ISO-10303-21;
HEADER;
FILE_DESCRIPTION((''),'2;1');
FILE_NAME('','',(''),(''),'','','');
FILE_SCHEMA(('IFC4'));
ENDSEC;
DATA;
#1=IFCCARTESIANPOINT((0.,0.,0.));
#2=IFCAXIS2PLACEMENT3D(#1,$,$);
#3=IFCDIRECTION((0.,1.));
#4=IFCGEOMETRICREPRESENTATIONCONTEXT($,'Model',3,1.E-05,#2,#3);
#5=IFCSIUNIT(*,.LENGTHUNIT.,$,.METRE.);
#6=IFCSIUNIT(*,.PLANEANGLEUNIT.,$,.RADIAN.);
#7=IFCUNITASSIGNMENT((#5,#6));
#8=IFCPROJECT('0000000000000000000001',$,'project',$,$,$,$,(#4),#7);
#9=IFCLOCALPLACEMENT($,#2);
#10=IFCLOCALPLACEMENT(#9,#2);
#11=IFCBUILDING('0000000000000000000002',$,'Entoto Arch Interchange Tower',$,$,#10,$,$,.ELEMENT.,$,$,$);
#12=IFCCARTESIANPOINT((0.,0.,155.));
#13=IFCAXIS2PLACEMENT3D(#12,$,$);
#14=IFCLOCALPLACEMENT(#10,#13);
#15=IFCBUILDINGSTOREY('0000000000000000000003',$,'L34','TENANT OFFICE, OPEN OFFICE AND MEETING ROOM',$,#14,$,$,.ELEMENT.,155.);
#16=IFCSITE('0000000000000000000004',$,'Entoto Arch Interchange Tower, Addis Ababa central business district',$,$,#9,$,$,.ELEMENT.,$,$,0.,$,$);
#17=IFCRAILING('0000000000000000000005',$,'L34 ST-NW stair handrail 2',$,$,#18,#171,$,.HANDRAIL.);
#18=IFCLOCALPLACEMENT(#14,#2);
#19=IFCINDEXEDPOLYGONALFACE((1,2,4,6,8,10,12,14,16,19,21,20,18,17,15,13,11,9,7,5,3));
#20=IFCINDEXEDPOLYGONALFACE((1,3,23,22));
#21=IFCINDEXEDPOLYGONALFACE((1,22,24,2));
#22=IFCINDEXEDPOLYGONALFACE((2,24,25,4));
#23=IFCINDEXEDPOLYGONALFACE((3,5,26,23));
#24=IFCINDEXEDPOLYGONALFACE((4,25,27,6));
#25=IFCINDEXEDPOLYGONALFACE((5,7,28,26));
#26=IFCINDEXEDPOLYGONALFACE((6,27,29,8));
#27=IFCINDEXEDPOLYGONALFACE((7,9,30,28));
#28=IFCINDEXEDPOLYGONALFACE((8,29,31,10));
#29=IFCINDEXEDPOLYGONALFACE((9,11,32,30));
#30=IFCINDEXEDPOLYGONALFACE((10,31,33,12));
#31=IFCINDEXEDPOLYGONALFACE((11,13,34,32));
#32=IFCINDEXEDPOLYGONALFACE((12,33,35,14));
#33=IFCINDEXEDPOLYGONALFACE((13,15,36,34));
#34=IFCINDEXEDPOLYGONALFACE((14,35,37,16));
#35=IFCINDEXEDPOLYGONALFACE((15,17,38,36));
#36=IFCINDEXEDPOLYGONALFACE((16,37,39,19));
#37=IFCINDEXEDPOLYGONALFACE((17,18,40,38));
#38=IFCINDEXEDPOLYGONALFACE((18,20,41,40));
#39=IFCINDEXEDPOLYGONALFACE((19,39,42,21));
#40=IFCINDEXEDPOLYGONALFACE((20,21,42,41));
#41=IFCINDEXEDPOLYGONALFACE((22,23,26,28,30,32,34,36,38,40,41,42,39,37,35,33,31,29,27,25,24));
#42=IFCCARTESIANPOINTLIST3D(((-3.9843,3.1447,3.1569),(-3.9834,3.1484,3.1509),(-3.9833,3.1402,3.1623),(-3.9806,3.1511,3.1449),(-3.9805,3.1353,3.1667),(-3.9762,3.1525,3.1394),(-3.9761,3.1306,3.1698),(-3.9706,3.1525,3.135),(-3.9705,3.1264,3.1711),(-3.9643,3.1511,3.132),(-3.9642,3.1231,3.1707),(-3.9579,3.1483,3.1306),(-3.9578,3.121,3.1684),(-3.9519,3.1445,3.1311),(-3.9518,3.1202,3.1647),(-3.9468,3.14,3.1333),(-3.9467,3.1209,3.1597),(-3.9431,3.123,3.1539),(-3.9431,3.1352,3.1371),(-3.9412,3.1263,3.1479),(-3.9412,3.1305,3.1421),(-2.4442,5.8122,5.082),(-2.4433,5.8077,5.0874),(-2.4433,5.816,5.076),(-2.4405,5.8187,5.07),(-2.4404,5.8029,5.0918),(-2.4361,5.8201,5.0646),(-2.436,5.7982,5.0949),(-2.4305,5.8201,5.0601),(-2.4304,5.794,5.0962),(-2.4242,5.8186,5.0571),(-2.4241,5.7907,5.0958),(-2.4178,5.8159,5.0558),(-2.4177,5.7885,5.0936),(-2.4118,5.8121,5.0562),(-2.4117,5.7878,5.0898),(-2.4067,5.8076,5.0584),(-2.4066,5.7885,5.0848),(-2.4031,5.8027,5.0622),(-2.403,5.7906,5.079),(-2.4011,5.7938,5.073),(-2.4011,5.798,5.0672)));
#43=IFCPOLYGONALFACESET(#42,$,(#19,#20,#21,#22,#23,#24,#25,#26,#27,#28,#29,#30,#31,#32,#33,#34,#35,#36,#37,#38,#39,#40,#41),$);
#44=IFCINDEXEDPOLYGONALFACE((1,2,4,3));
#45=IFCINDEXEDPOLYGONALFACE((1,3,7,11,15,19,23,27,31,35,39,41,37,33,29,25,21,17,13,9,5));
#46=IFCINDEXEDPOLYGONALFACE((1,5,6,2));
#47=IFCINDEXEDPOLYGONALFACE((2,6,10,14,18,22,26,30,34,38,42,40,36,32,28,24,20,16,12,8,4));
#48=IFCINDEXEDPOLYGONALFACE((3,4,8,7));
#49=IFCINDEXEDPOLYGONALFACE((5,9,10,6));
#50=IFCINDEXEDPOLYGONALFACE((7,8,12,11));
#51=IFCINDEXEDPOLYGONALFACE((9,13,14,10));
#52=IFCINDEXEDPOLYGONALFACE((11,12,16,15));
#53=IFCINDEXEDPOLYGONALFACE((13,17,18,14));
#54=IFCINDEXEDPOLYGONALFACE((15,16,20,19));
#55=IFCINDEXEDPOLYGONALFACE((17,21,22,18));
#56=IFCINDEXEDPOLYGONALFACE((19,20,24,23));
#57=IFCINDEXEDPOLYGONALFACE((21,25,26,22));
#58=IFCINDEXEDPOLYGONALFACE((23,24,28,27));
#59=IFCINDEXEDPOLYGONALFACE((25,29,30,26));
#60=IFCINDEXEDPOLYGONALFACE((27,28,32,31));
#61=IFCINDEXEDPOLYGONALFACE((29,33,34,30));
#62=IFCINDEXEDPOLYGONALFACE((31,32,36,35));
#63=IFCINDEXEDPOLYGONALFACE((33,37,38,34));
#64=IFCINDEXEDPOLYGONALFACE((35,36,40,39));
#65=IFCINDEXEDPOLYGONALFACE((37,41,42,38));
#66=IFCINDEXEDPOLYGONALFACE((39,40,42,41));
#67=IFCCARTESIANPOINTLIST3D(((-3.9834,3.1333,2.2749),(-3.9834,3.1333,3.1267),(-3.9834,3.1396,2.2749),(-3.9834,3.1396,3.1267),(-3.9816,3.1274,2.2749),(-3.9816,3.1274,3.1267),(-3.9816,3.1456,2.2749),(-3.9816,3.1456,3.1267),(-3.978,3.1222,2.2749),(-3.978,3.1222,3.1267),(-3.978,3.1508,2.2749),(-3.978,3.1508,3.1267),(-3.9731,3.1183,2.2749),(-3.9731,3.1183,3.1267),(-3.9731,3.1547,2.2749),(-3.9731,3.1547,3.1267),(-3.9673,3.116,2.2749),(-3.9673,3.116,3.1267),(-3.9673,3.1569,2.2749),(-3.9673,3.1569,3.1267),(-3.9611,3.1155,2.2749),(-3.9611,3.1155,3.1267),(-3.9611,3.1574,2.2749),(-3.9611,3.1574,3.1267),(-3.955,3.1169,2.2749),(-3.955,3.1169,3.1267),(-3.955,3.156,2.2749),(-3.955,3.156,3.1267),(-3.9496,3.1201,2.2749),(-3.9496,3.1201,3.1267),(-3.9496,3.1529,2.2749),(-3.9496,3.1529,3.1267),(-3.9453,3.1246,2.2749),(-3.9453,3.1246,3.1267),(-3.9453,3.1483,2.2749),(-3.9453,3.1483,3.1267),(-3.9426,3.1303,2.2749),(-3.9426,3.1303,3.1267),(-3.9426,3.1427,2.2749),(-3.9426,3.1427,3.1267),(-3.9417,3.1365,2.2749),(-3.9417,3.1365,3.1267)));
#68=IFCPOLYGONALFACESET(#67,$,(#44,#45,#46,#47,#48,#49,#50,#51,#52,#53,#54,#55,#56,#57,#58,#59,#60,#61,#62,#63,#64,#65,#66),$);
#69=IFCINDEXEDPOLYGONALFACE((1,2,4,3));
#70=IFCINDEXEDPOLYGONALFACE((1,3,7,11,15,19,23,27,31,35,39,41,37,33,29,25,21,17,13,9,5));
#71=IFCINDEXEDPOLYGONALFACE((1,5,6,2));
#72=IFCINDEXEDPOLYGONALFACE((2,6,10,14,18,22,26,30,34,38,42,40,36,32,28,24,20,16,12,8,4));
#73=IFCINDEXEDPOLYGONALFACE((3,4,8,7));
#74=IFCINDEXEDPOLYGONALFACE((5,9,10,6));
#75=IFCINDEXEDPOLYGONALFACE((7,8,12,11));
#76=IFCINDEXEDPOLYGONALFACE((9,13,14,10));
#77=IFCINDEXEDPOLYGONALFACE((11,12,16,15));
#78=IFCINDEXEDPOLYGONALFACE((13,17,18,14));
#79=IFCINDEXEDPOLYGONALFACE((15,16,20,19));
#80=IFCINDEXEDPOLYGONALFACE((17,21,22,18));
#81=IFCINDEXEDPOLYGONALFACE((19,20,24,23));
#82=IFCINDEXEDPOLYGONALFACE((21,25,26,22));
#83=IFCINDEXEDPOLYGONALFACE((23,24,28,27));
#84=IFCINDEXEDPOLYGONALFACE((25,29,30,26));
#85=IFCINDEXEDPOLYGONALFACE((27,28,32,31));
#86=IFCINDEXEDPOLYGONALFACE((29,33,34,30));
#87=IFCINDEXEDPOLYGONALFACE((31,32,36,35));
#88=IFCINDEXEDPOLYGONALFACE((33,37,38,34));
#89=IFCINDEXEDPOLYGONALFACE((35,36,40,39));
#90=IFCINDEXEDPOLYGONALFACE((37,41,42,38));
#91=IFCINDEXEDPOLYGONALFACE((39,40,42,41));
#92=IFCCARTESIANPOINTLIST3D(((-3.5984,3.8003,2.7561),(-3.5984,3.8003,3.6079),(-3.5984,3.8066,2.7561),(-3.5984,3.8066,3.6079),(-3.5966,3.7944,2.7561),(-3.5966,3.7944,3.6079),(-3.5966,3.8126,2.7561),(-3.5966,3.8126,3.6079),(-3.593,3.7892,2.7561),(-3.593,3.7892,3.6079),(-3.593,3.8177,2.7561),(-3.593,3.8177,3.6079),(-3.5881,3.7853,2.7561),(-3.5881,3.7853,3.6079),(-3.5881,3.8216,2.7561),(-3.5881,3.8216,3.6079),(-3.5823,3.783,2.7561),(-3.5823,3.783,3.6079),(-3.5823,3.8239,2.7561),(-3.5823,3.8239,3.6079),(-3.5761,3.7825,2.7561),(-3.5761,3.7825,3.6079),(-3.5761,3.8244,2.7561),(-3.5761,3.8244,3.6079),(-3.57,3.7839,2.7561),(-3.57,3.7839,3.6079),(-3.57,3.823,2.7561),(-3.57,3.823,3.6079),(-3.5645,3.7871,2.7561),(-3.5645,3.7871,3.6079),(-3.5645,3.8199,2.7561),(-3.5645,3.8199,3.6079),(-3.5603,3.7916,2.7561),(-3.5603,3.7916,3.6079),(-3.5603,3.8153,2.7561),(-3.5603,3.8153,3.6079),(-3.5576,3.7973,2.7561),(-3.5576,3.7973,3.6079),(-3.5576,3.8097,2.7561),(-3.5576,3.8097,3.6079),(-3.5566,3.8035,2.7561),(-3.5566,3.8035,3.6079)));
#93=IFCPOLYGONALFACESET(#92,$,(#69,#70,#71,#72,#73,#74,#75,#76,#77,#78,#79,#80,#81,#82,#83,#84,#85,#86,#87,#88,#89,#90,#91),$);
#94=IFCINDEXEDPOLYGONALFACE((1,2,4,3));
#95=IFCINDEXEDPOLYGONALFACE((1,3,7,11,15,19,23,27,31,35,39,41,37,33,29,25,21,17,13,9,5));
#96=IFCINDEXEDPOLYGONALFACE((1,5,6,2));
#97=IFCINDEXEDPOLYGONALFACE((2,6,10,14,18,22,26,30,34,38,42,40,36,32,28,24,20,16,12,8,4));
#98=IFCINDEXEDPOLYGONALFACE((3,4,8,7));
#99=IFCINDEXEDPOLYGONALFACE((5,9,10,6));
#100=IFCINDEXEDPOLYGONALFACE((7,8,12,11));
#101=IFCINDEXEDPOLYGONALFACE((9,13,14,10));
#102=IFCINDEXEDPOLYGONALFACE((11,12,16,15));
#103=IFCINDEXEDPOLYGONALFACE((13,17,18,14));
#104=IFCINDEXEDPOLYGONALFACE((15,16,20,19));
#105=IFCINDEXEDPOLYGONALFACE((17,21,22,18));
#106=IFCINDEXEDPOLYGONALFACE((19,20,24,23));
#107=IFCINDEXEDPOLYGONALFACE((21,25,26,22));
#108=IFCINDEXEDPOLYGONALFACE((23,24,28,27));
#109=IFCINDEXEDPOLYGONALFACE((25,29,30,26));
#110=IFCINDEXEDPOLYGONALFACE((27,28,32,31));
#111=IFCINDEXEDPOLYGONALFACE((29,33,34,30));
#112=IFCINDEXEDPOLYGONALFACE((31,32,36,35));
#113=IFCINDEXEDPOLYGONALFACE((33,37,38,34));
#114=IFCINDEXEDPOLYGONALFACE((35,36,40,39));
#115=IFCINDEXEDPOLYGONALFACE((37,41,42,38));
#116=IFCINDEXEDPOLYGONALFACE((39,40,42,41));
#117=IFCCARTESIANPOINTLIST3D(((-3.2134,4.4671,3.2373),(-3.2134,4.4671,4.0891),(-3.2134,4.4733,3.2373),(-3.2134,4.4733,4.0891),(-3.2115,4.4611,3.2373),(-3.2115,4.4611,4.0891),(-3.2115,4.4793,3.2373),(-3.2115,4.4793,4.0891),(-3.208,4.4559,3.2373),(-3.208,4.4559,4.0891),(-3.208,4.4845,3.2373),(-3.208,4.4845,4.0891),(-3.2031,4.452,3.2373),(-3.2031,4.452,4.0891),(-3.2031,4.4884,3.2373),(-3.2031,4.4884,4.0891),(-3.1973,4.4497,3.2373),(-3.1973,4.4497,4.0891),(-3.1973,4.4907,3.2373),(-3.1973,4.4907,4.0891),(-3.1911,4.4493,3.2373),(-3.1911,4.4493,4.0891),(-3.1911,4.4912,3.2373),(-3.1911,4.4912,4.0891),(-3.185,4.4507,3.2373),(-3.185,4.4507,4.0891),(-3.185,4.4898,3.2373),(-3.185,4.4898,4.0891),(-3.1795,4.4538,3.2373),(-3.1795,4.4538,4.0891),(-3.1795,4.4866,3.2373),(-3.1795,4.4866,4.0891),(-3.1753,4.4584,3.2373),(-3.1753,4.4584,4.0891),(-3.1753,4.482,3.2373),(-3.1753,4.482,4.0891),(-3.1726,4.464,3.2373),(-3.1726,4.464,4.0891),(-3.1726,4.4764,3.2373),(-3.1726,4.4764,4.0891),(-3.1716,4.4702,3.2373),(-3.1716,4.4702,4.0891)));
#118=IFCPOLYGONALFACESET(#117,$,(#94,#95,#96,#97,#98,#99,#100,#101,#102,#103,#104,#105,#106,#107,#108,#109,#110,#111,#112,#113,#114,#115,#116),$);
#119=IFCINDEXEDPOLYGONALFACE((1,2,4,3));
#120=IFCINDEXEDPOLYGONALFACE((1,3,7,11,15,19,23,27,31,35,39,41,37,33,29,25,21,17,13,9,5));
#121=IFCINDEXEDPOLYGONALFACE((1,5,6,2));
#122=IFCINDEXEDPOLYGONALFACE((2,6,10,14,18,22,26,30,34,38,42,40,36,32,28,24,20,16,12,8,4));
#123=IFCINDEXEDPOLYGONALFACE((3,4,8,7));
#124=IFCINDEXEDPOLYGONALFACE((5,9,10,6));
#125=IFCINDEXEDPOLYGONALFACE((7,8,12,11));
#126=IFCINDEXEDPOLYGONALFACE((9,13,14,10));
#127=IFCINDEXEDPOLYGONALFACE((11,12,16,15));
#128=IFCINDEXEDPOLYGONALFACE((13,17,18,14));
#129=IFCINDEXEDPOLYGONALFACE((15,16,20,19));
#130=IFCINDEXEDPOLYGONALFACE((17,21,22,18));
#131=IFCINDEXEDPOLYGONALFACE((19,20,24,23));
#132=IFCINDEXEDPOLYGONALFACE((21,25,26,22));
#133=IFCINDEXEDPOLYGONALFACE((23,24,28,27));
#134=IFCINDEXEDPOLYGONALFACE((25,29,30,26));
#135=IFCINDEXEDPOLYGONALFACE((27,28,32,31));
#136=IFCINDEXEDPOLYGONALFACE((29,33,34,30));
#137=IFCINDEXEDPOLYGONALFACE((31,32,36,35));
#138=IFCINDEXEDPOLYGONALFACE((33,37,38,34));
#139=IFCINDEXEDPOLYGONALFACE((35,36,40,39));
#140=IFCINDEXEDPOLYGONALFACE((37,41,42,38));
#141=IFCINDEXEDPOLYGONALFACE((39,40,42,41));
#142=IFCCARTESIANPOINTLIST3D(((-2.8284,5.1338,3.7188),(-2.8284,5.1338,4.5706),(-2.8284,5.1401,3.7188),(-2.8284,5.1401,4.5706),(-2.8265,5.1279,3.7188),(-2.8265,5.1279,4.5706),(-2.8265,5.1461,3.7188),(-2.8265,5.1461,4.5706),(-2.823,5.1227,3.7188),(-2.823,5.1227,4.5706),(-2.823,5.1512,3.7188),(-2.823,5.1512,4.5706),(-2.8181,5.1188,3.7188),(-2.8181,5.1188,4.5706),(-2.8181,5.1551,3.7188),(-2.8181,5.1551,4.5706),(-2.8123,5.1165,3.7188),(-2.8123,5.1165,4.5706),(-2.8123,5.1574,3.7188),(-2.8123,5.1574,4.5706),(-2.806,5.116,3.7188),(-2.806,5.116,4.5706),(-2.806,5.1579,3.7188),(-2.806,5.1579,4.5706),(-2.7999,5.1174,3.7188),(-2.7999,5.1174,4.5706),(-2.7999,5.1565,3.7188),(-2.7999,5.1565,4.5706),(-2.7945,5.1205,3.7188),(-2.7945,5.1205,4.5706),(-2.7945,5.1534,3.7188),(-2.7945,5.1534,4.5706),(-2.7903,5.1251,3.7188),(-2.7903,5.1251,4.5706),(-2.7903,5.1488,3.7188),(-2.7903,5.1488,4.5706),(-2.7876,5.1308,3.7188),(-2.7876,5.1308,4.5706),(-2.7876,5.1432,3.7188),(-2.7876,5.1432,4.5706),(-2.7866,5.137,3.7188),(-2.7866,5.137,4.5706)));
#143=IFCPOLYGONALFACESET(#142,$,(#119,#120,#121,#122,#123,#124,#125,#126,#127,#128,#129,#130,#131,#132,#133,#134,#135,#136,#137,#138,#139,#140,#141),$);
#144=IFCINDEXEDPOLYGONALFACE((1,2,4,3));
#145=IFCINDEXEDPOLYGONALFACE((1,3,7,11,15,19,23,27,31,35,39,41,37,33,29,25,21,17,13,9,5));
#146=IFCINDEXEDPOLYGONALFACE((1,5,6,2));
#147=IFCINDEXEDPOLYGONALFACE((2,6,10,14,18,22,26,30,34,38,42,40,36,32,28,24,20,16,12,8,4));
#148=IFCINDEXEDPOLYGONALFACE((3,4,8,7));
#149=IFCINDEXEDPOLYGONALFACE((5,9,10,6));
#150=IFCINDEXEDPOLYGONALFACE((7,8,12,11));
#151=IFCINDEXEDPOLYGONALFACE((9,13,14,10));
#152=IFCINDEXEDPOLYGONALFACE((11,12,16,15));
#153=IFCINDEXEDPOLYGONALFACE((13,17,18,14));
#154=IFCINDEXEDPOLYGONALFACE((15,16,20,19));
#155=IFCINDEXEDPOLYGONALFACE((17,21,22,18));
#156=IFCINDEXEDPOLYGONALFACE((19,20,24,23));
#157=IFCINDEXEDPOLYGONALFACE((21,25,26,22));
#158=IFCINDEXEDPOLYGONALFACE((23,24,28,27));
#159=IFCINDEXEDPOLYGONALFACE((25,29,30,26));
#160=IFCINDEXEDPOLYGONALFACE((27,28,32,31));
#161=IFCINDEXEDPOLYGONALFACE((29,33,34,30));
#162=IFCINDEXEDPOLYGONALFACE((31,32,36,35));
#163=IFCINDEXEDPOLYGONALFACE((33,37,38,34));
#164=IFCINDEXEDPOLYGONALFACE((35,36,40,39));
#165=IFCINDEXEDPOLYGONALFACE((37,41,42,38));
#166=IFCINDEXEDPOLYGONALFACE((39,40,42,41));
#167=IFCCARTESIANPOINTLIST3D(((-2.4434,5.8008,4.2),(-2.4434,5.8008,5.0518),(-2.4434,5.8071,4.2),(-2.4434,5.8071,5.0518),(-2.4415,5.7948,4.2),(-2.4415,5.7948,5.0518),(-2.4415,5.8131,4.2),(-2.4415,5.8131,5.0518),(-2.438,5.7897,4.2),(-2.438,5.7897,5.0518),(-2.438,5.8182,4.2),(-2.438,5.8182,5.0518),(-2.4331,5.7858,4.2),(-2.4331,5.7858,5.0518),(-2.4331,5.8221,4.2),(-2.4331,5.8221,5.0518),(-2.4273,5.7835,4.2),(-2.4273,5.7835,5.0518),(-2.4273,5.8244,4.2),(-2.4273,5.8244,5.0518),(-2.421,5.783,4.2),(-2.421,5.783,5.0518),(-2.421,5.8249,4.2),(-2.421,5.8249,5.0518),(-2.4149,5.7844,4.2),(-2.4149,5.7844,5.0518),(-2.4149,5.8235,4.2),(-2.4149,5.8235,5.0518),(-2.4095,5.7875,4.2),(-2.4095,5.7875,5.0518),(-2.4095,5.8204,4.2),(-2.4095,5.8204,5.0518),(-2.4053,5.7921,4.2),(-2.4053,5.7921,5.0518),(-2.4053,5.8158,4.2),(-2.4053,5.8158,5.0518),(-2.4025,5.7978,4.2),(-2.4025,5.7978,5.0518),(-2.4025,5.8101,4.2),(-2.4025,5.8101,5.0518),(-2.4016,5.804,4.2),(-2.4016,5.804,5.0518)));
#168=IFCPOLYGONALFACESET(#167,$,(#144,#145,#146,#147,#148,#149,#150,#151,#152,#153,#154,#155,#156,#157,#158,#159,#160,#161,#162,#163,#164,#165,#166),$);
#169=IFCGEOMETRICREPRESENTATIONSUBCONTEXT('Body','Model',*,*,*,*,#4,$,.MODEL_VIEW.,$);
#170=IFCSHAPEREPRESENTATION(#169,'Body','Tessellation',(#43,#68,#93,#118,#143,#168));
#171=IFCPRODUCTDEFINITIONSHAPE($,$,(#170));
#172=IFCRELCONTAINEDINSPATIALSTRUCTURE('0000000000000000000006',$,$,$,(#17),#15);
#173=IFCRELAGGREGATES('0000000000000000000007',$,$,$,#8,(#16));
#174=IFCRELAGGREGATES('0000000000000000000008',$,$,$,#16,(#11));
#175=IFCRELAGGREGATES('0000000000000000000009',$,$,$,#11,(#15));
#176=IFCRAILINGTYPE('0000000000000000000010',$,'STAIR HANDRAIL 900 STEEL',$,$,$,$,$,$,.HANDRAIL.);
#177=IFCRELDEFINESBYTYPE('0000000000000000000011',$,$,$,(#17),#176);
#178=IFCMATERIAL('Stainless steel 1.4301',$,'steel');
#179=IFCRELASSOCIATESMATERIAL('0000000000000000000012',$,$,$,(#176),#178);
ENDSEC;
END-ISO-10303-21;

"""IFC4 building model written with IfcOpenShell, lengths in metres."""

from ifc_helpers import new_model, si_unit, direction, frame, origin, origin_2d, place, context, subcontext, project, spatial, circle, extrude, material, type_object, element, save


model = new_model("IFC4")

# Units and contexts
model_context = context("Model", 3, precision=1e-05, world=origin(), true_north=direction((0.0, 1.0)))
body_context = subcontext(model_context, "Body", "Model", "MODEL_VIEW")
ifc_project = project(units=[si_unit("LENGTHUNIT", "METRE"), si_unit("PLANEANGLEUNIT", "RADIAN")], contexts=[model_context])

# Site, building, storey
site_placement = place(None, origin())
site = spatial("IfcSite", under=ifc_project, at=site_placement, Name="Entoto Arch Interchange Tower, Addis Ababa central business district", CompositionType="ELEMENT", RefElevation=0.0)
building_placement = place(site_placement, origin())
building = spatial("IfcBuilding", under=site, at=building_placement, Name="Entoto Arch Interchange Tower", CompositionType="ELEMENT")
storey_placement = place(building_placement, frame((0.0, 0.0, 155.0)))
storey = spatial("IfcBuildingStorey", under=building, at=storey_placement, Name="L34", Description="TENANT OFFICE, OPEN OFFICE AND MEETING ROOM", CompositionType="ELEMENT", Elevation=155.0)

# Railing
ifc_material_1 = material(Name="Stainless steel 1.4301", Category="steel")
railing_type_1 = type_object("IfcRailingType", Name="STAIR HANDRAIL 900 STEEL", PredefinedType="HANDRAIL", material=ifc_material_1)
railing_1_placement = place(storey_placement, frame((-3.9626, 3.1365, 2.2749)))
element("IfcRailing", 1, at=railing_1_placement, inside=storey, type_object=railing_type_1, Name="L34 ST-NW stair handrail 2", PredefinedType="HANDRAIL", context=body_context, shape_type="SweptSolid", body=[
    extrude(circle(Radius=0.0239, at=origin_2d()), frame((0.0, 0.0, 0.876), z_axis=(0.423994, 0.734395, 0.529993), x_axis=(-0.86603, 0.499992, 0.0)), (0.0, 0.0, 1.0), 3.6323),
    extrude(circle(Radius=0.021, at=origin_2d()), origin(), (0.0, 0.0, 1.0), 0.8518),
    extrude(circle(Radius=0.021, at=origin_2d()), frame((0.385, 0.667, 0.4812)), (0.0, 0.0, 1.0), 0.8518),
    extrude(circle(Radius=0.021, at=origin_2d()), frame((0.77, 1.3337, 0.9624)), (0.0, 0.0, 1.0), 0.8518),
    extrude(circle(Radius=0.021, at=origin_2d()), frame((1.155, 2.0005, 1.4438)), (0.0, 0.0, 1.0), 0.8518),
    extrude(circle(Radius=0.021, at=origin_2d()), frame((1.54, 2.6675, 1.925)), (0.0, 0.0, 1.0), 0.8518),
])

save(model, "model.ifc")
